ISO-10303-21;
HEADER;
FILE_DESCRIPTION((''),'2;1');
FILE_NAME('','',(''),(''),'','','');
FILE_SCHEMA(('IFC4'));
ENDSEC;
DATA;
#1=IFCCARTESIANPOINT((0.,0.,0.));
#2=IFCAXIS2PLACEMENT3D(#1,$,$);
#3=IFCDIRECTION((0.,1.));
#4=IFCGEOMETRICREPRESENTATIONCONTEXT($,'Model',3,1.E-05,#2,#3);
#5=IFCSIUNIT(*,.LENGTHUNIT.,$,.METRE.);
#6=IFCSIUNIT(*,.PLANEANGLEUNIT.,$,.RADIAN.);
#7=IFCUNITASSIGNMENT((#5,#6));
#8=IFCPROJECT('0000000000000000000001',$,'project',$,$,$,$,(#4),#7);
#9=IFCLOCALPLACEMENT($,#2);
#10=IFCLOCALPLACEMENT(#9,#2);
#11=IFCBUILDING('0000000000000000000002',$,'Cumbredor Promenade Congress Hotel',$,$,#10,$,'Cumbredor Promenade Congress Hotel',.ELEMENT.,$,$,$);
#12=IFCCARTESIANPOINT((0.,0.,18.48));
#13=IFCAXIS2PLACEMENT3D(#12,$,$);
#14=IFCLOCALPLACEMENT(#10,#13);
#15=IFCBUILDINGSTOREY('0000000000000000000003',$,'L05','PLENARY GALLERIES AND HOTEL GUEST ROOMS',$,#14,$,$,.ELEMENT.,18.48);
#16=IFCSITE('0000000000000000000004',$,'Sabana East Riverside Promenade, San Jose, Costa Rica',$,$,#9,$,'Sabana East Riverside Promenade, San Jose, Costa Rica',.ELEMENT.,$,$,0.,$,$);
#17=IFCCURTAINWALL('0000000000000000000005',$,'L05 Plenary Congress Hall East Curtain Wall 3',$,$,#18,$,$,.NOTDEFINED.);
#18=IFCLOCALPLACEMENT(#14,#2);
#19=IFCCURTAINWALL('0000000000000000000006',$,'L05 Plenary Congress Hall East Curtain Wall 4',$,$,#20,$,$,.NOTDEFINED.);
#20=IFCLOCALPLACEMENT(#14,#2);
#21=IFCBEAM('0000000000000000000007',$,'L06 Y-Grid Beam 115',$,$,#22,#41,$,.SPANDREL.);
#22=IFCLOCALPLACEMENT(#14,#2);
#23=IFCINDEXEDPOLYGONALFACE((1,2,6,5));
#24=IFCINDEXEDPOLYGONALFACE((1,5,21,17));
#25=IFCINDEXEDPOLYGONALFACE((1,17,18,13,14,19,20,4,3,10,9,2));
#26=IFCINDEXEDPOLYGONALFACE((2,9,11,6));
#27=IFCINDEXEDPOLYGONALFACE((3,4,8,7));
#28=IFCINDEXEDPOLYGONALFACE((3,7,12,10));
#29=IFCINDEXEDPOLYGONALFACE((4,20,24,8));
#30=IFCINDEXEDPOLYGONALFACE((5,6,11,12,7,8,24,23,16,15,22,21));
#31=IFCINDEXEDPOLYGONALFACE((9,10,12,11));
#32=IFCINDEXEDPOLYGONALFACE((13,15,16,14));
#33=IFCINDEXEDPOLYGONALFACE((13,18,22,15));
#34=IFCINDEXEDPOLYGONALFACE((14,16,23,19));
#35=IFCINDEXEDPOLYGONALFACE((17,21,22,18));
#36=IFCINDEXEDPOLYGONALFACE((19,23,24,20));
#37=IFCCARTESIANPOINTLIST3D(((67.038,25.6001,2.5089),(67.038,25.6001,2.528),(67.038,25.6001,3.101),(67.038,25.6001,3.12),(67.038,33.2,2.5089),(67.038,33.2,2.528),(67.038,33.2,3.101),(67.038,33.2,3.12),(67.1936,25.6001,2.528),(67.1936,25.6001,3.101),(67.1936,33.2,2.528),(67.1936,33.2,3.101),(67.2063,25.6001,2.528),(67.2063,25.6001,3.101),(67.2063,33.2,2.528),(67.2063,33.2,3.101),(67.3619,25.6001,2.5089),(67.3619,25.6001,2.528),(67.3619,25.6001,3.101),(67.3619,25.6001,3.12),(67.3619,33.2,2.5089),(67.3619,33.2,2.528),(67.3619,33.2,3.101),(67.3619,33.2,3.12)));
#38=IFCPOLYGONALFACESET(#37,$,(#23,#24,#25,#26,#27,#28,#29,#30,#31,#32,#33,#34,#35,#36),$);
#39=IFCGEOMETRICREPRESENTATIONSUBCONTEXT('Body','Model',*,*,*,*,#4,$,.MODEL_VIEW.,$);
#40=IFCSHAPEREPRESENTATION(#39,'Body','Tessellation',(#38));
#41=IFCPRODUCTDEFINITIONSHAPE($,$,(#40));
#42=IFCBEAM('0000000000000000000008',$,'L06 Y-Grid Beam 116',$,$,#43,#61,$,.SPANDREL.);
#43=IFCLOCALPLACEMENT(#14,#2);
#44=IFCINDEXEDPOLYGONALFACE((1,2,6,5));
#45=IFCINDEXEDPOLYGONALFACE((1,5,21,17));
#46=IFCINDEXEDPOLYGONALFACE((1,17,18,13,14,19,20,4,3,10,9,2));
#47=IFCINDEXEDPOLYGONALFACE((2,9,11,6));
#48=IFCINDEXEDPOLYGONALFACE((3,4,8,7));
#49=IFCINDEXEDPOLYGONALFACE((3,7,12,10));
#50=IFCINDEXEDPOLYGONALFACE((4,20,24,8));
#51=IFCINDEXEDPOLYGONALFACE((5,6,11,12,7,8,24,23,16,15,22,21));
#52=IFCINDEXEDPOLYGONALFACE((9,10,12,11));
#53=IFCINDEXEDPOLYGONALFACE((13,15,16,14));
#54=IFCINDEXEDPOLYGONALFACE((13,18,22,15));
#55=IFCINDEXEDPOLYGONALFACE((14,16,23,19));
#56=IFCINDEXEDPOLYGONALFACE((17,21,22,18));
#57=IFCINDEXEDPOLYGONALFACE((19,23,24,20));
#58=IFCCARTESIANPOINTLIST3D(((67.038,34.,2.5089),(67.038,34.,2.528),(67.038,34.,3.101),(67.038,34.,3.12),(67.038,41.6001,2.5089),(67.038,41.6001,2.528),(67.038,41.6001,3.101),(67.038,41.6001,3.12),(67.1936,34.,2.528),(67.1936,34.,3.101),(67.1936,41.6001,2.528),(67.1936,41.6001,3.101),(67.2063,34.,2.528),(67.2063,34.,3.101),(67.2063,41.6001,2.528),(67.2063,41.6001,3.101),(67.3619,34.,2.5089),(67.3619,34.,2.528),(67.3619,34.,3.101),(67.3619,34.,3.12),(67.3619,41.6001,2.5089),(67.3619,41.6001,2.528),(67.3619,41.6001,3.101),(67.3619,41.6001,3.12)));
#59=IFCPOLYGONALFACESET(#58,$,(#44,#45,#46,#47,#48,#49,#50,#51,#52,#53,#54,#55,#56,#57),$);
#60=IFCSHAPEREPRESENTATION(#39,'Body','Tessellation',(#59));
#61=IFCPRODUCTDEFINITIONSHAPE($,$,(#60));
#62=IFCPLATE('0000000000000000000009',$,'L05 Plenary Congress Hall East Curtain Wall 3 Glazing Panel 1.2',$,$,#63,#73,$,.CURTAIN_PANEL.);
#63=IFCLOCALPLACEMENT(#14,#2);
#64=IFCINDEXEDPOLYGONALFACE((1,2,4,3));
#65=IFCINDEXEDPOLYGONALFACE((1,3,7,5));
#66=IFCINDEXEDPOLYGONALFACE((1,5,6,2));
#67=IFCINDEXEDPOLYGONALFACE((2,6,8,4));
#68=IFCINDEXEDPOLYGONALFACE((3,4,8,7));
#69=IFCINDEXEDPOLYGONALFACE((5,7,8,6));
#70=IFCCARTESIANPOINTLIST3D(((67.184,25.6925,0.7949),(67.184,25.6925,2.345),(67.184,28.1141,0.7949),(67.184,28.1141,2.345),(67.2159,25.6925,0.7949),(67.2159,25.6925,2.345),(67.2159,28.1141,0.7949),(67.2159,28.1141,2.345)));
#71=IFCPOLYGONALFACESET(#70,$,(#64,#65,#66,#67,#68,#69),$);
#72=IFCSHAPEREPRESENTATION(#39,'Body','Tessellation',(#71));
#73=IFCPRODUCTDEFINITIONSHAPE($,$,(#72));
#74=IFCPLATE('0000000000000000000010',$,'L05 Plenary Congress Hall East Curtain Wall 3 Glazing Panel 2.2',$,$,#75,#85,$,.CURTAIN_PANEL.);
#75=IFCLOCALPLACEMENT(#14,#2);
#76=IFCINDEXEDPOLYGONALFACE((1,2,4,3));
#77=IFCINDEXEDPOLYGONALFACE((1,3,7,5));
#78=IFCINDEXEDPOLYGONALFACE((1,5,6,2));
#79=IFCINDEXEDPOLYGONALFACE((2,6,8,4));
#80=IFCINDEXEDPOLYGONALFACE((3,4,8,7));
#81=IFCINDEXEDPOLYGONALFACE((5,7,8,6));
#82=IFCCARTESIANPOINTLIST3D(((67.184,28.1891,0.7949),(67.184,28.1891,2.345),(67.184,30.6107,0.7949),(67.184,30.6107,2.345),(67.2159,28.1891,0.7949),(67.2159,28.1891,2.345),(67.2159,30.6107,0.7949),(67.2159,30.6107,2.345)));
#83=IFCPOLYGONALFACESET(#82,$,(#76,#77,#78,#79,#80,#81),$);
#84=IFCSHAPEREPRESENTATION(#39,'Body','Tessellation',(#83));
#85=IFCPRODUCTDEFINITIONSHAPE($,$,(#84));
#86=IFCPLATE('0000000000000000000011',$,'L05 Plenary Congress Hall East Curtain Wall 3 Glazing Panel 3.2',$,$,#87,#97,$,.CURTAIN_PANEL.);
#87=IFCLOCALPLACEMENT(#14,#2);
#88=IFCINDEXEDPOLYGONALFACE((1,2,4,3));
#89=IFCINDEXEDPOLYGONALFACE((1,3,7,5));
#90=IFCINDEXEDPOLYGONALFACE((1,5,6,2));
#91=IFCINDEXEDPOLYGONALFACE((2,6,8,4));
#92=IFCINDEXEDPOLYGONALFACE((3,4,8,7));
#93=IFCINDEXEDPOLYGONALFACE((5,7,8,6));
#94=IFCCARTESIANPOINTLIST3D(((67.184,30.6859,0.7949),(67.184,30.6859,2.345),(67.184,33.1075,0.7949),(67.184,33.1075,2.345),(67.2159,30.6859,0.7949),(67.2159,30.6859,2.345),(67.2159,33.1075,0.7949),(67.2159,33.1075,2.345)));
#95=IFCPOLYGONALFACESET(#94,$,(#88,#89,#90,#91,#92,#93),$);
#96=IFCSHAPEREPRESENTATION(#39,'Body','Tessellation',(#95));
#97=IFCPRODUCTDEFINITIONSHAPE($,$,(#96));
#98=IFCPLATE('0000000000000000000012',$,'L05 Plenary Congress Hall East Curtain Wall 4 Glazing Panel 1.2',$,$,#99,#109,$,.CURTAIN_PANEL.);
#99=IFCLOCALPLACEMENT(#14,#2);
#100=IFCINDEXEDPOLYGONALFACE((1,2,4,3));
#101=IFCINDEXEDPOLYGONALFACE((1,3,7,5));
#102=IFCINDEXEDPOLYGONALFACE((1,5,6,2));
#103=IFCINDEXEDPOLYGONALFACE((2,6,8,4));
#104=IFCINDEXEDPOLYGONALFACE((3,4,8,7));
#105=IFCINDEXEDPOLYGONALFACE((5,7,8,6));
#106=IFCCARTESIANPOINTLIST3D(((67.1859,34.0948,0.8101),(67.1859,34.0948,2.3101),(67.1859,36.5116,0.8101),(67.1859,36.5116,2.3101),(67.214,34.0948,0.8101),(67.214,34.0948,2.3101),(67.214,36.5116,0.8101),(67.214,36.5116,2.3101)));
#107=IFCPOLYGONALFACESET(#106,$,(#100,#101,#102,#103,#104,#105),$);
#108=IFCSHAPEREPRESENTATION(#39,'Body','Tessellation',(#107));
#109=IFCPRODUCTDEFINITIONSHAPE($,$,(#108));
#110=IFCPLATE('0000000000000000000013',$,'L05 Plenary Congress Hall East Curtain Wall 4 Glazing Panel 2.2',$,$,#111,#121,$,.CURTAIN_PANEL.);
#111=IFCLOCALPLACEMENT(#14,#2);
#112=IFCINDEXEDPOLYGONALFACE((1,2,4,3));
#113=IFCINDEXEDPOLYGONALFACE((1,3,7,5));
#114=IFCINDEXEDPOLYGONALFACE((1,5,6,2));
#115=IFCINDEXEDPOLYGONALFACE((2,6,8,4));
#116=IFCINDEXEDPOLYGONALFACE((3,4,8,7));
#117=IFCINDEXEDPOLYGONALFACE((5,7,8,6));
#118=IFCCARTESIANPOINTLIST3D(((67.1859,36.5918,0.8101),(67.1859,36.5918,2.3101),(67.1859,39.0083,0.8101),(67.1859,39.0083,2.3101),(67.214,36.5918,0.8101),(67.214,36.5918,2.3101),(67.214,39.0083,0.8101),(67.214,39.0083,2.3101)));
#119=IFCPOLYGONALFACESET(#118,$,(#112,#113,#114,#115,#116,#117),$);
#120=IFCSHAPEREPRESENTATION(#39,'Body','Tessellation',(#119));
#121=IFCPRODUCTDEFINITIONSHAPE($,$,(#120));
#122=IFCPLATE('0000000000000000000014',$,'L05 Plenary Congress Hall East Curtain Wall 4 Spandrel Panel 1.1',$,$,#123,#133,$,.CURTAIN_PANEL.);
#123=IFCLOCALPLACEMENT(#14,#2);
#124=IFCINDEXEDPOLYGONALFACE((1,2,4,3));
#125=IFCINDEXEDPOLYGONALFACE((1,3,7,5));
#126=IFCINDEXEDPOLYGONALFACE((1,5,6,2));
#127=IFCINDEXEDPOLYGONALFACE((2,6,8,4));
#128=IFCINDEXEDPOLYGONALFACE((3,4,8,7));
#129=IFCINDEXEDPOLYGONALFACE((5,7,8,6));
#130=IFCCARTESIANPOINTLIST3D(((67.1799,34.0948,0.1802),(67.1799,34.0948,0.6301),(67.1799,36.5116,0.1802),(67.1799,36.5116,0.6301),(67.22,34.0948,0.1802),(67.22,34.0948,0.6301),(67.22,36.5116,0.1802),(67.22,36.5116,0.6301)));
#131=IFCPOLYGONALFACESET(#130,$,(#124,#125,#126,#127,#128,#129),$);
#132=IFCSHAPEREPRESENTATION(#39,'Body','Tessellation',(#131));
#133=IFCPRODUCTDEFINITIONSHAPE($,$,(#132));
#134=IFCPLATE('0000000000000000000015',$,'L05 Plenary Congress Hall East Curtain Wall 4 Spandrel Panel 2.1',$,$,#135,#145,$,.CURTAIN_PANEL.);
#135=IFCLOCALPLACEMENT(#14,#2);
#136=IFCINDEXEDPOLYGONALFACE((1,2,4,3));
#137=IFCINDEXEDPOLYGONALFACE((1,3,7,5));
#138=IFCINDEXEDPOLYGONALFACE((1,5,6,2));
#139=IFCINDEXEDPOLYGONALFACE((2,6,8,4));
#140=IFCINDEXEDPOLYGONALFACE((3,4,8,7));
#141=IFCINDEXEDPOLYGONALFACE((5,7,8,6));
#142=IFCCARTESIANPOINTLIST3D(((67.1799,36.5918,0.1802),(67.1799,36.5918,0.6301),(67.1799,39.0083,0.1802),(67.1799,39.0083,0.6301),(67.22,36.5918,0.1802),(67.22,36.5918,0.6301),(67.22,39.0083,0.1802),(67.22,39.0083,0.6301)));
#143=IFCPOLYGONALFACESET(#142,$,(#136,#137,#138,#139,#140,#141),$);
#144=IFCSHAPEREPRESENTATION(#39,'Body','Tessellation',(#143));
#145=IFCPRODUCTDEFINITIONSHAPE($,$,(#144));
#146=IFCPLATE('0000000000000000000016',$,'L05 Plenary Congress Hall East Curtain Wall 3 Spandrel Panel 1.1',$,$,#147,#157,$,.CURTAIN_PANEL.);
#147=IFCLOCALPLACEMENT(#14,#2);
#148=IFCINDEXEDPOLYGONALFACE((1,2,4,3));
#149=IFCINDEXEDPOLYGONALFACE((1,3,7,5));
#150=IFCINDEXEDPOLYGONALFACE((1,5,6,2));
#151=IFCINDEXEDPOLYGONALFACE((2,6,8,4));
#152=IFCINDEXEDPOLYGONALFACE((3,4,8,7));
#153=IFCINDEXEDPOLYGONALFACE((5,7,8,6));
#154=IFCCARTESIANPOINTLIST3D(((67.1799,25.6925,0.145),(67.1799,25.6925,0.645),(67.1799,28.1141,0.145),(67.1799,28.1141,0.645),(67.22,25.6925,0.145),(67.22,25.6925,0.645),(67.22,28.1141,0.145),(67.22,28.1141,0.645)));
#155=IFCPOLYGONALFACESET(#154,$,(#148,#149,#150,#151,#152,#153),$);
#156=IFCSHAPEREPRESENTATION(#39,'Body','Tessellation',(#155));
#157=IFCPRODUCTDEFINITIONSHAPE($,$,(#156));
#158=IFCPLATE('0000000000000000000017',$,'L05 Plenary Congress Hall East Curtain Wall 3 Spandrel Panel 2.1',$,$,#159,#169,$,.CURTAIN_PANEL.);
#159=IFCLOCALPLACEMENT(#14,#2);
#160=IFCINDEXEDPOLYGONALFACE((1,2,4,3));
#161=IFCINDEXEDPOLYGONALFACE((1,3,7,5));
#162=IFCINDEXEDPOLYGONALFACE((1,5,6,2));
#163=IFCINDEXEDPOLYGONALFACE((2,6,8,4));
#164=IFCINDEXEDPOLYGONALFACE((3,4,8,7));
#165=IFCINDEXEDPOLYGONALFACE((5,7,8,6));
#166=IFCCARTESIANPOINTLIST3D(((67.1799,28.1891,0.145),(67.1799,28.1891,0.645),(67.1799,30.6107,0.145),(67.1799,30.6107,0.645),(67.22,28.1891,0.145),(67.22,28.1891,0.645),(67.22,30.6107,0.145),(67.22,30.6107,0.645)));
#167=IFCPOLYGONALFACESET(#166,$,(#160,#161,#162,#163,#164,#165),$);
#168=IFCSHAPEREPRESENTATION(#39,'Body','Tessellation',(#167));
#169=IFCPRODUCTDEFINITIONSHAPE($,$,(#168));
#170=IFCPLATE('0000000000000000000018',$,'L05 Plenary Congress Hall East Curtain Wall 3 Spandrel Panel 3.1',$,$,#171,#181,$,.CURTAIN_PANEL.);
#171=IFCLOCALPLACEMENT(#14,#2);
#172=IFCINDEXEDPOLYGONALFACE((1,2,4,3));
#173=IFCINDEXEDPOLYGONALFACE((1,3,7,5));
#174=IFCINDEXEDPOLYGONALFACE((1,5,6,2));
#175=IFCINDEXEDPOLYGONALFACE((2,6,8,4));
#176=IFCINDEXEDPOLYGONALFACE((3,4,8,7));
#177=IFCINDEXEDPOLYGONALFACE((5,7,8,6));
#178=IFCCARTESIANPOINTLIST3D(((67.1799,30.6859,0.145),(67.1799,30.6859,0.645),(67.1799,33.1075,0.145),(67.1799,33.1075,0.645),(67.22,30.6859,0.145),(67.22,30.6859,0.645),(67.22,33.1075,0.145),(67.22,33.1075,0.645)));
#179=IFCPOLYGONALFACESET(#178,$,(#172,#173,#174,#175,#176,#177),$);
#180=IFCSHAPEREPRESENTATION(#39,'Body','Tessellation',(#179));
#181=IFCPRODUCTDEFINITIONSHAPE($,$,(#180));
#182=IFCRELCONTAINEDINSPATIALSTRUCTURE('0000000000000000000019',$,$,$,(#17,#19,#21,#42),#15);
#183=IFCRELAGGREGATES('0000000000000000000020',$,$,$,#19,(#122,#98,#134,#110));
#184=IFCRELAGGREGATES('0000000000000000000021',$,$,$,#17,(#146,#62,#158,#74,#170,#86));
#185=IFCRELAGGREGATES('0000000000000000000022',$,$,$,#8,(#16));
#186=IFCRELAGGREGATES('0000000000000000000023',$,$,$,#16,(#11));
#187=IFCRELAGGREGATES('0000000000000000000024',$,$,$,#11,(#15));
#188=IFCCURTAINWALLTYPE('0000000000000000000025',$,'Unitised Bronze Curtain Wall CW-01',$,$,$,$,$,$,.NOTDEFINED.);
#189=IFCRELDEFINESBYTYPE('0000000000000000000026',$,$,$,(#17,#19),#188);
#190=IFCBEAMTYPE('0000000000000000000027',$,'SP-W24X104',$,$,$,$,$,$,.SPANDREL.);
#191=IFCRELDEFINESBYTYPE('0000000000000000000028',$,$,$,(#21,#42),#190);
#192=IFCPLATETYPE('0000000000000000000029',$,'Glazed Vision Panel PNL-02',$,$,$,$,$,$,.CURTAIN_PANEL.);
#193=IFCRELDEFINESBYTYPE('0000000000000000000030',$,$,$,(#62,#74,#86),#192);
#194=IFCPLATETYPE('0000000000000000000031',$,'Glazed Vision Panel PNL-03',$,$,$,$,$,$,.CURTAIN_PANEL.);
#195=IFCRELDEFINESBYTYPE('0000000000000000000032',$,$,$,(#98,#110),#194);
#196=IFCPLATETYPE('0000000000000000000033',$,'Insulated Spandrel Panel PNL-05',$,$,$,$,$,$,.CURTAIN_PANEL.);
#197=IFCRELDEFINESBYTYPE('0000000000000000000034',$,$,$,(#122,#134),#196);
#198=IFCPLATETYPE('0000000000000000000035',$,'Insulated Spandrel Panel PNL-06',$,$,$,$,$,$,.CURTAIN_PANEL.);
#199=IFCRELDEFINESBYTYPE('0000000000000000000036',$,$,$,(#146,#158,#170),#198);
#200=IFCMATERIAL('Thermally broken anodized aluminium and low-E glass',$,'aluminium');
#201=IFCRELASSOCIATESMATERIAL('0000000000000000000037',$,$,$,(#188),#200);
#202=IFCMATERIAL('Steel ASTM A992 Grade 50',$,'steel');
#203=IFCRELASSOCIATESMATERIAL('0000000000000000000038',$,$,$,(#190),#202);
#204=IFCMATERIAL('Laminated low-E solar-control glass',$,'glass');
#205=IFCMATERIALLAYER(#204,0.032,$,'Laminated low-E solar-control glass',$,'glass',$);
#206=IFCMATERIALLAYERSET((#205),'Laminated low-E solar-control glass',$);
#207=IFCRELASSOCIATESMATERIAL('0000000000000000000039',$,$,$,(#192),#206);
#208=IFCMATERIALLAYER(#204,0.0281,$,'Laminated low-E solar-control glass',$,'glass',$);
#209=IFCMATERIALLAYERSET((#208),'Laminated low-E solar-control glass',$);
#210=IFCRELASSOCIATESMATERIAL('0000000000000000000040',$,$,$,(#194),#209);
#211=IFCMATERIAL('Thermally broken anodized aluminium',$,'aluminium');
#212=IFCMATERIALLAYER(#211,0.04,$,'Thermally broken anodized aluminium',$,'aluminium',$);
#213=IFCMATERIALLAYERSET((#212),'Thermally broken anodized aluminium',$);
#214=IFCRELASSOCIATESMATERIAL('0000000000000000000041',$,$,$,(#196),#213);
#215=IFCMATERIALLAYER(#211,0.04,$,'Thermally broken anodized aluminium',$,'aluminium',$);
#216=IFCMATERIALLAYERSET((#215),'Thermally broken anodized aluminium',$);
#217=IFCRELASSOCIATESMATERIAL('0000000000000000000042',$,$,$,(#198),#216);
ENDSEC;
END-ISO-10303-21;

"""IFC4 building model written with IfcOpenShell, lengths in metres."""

from ifc_helpers import new_model, si_unit, direction, frame, origin, origin_2d, place, context, subcontext, project, spatial, rectangle, i_section, extrude, material, layer, layer_set, material_profile, profile_set, type_object, element, aggregate, save


model = new_model("IFC4")

# Units and contexts
model_context = context("Model", 3, precision=1e-05, world=origin(), true_north=direction((0.0, 1.0)))
body_context = subcontext(model_context, "Body", "Model", "MODEL_VIEW")
ifc_project = project(units=[si_unit("LENGTHUNIT", "METRE"), si_unit("PLANEANGLEUNIT", "RADIAN")], contexts=[model_context])

# Site, building, storey
site_placement = place(None, origin())
site = spatial("IfcSite", under=ifc_project, at=site_placement, Name="Sabana East Riverside Promenade, San Jose, Costa Rica", LongName="Sabana East Riverside Promenade, San Jose, Costa Rica", CompositionType="ELEMENT", RefElevation=0.0)
building_placement = place(site_placement, origin())
building = spatial("IfcBuilding", under=site, at=building_placement, Name="Cumbredor Promenade Congress Hotel", LongName="Cumbredor Promenade Congress Hotel", CompositionType="ELEMENT")
storey_placement = place(building_placement, frame((0.0, 0.0, 18.48)))
storey = spatial("IfcBuildingStorey", under=building, at=storey_placement, Name="L05", Description="PLENARY GALLERIES AND HOTEL GUEST ROOMS", CompositionType="ELEMENT", Elevation=18.48)

# Curtain walls
ifc_material_1 = material(Name="Thermally broken anodized aluminium and low-E glass", Category="aluminium")
curtain_wall_type = type_object("IfcCurtainWallType", Name="Unitised Bronze Curtain Wall CW-01", PredefinedType="NOTDEFINED", material=ifc_material_1)
curtain_wall_1_placement = place(storey_placement, origin())
curtain_wall_1 = element("IfcCurtainWall", 1, at=curtain_wall_1_placement, inside=storey, type_object=curtain_wall_type, Name="L05 Plenary Congress Hall East Curtain Wall 3", PredefinedType="NOTDEFINED")
ifc_material_2 = material(Name="Thermally broken anodized aluminium", Category="aluminium")
curtain_wall_2_placement = place(storey_placement, origin())
curtain_wall_2 = element("IfcCurtainWall", 2, at=curtain_wall_2_placement, inside=storey, type_object=curtain_wall_type, Name="L05 Plenary Congress Hall East Curtain Wall 4", PredefinedType="NOTDEFINED")

# Beams
ifc_material_3 = material(Name="Steel ASTM A992 Grade 50", Category="steel")
ifc_material_profile_1 = material_profile(ifc_material_3, i_section(OverallWidth=0.324, OverallDepth=0.6111, WebThickness=0.0127, FlangeThickness=0.019, at=origin_2d()), Name="W24X104")
ifc_profile_set_1 = profile_set([ifc_material_profile_1], Name="Steel ASTM A992 Grade 50")
beam_type_1 = type_object("IfcBeamType", Name="SP-W24X104", PredefinedType="SPANDREL", material=ifc_profile_set_1)
beam_1_placement = place(storey_placement, frame((67.2, 25.6001, 2.8145), z_axis=(0.0, 1.0, 0.0), x_axis=(-1.0, 0.0, 0.0)))
element("IfcBeam", 3, at=beam_1_placement, inside=storey, type_object=beam_type_1, Name="L06 Y-Grid Beam 115", PredefinedType="SPANDREL", context=body_context, shape_type="SweptSolid", body=[
    extrude(i_section(OverallWidth=0.324, OverallDepth=0.6111, WebThickness=0.0127, FlangeThickness=0.019, at=origin_2d()), origin(), (0.0, 0.0, 1.0), 7.5999),
])
beam_2_placement = place(storey_placement, frame((67.2, 34.0, 2.8145), z_axis=(0.0, 1.0, 0.0), x_axis=(-1.0, 0.0, 0.0)))
element("IfcBeam", 4, at=beam_2_placement, inside=storey, type_object=beam_type_1, Name="L06 Y-Grid Beam 116", PredefinedType="SPANDREL", context=body_context, shape_type="SweptSolid", body=[
    extrude(i_section(OverallWidth=0.324, OverallDepth=0.6111, WebThickness=0.0127, FlangeThickness=0.019, at=origin_2d()), origin(), (0.0, 0.0, 1.0), 7.6001),
])

# Plates
ifc_material_4 = material(Name="Laminated low-E solar-control glass", Category="glass")
ifc_layer_1 = layer(ifc_material_4, 0.032, Name="Laminated low-E solar-control glass", Category="glass")
ifc_layer_set_1 = layer_set([ifc_layer_1], Name="Laminated low-E solar-control glass")
plate_type_1 = type_object("IfcPlateType", Name="Glazed Vision Panel PNL-02", PredefinedType="CURTAIN_PANEL", material=ifc_layer_set_1)
plate_1_placement = place(storey_placement, frame((67.2, 26.9033, 0.7949), z_axis=(0.0, 0.0, 1.0), x_axis=(0.0, 1.0, 0.0)))
plate_1 = element("IfcPlate", 5, at=plate_1_placement, type_object=plate_type_1, Name="L05 Plenary Congress Hall East Curtain Wall 3 Glazing Panel 1.2", PredefinedType="CURTAIN_PANEL", context=body_context, shape_type="SweptSolid", body=[
    extrude(rectangle(XDim=2.4216, YDim=0.032, at=origin_2d()), origin(), (0.0, 0.0, 1.0), 1.55),
])
plate_2_placement = place(storey_placement, frame((67.2, 29.3999, 0.7949), z_axis=(0.0, 0.0, 1.0), x_axis=(0.0, 1.0, 0.0)))
plate_2 = element("IfcPlate", 6, at=plate_2_placement, type_object=plate_type_1, Name="L05 Plenary Congress Hall East Curtain Wall 3 Glazing Panel 2.2", PredefinedType="CURTAIN_PANEL", context=body_context, shape_type="SweptSolid", body=[
    extrude(rectangle(XDim=2.4216, YDim=0.032, at=origin_2d()), origin(), (0.0, 0.0, 1.0), 1.55),
])
plate_3_placement = place(storey_placement, frame((67.2, 31.8967, 0.7949), z_axis=(0.0, 0.0, 1.0), x_axis=(0.0, 1.0, 0.0)))
plate_3 = element("IfcPlate", 7, at=plate_3_placement, type_object=plate_type_1, Name="L05 Plenary Congress Hall East Curtain Wall 3 Glazing Panel 3.2", PredefinedType="CURTAIN_PANEL", context=body_context, shape_type="SweptSolid", body=[
    extrude(rectangle(XDim=2.4216, YDim=0.032, at=origin_2d()), origin(), (0.0, 0.0, 1.0), 1.55),
])
ifc_layer_2 = layer(ifc_material_4, 0.0281, Name="Laminated low-E solar-control glass", Category="glass")
ifc_layer_set_2 = layer_set([ifc_layer_2], Name="Laminated low-E solar-control glass")
plate_type_2 = type_object("IfcPlateType", Name="Glazed Vision Panel PNL-03", PredefinedType="CURTAIN_PANEL", material=ifc_layer_set_2)
plate_4_placement = place(storey_placement, frame((67.2, 35.3032, 0.8101), z_axis=(0.0, 0.0, 1.0), x_axis=(0.0, 1.0, 0.0)))
plate_4 = element("IfcPlate", 8, at=plate_4_placement, type_object=plate_type_2, Name="L05 Plenary Congress Hall East Curtain Wall 4 Glazing Panel 1.2", PredefinedType="CURTAIN_PANEL", context=body_context, shape_type="SweptSolid", body=[
    extrude(rectangle(XDim=2.4167, YDim=0.0281, at=origin_2d()), origin(), (0.0, 0.0, 1.0), 1.5),
])
plate_5_placement = place(storey_placement, frame((67.2, 37.8, 0.8101), z_axis=(0.0, 0.0, 1.0), x_axis=(0.0, 1.0, 0.0)))
plate_5 = element("IfcPlate", 9, at=plate_5_placement, type_object=plate_type_2, Name="L05 Plenary Congress Hall East Curtain Wall 4 Glazing Panel 2.2", PredefinedType="CURTAIN_PANEL", context=body_context, shape_type="SweptSolid", body=[
    extrude(rectangle(XDim=2.4165, YDim=0.0281, at=origin_2d()), origin(), (0.0, 0.0, 1.0), 1.5),
])
ifc_layer_3 = layer(ifc_material_2, 0.04, Name="Thermally broken anodized aluminium", Category="aluminium")
ifc_layer_set_3 = layer_set([ifc_layer_3], Name="Thermally broken anodized aluminium")
plate_type_3 = type_object("IfcPlateType", Name="Insulated Spandrel Panel PNL-05", PredefinedType="CURTAIN_PANEL", material=ifc_layer_set_3)
plate_6_placement = place(storey_placement, frame((67.2, 35.3032, 0.1802), z_axis=(0.0, 0.0, 1.0), x_axis=(0.0, 1.0, 0.0)))
plate_6 = element("IfcPlate", 10, at=plate_6_placement, type_object=plate_type_3, Name="L05 Plenary Congress Hall East Curtain Wall 4 Spandrel Panel 1.1", PredefinedType="CURTAIN_PANEL", context=body_context, shape_type="SweptSolid", body=[
    extrude(rectangle(XDim=2.4167, YDim=0.04, at=origin_2d()), origin(), (0.0, 0.0, 1.0), 0.45),
])
plate_7_placement = place(storey_placement, frame((67.2, 37.8, 0.1802), z_axis=(0.0, 0.0, 1.0), x_axis=(0.0, 1.0, 0.0)))
plate_7 = element("IfcPlate", 11, at=plate_7_placement, type_object=plate_type_3, Name="L05 Plenary Congress Hall East Curtain Wall 4 Spandrel Panel 2.1", PredefinedType="CURTAIN_PANEL", context=body_context, shape_type="SweptSolid", body=[
    extrude(rectangle(XDim=2.4165, YDim=0.04, at=origin_2d()), origin(), (0.0, 0.0, 1.0), 0.45),
])
aggregate(curtain_wall_2, [plate_6, plate_4, plate_7, plate_5])
ifc_layer_4 = layer(ifc_material_2, 0.04, Name="Thermally broken anodized aluminium", Category="aluminium")
ifc_layer_set_4 = layer_set([ifc_layer_4], Name="Thermally broken anodized aluminium")
plate_type_4 = type_object("IfcPlateType", Name="Insulated Spandrel Panel PNL-06", PredefinedType="CURTAIN_PANEL", material=ifc_layer_set_4)
plate_8_placement = place(storey_placement, frame((67.2, 26.9033, 0.145), z_axis=(0.0, 0.0, 1.0), x_axis=(0.0, 1.0, 0.0)))
plate_8 = element("IfcPlate", 12, at=plate_8_placement, type_object=plate_type_4, Name="L05 Plenary Congress Hall East Curtain Wall 3 Spandrel Panel 1.1", PredefinedType="CURTAIN_PANEL", context=body_context, shape_type="SweptSolid", body=[
    extrude(rectangle(XDim=2.4216, YDim=0.04, at=origin_2d()), origin(), (0.0, 0.0, 1.0), 0.5),
])
plate_9_placement = place(storey_placement, frame((67.2, 29.3999, 0.145), z_axis=(0.0, 0.0, 1.0), x_axis=(0.0, 1.0, 0.0)))
plate_9 = element("IfcPlate", 13, at=plate_9_placement, type_object=plate_type_4, Name="L05 Plenary Congress Hall East Curtain Wall 3 Spandrel Panel 2.1", PredefinedType="CURTAIN_PANEL", context=body_context, shape_type="SweptSolid", body=[
    extrude(rectangle(XDim=2.4216, YDim=0.04, at=origin_2d()), origin(), (0.0, 0.0, 1.0), 0.5),
])
plate_10_placement = place(storey_placement, frame((67.2, 31.8967, 0.145), z_axis=(0.0, 0.0, 1.0), x_axis=(0.0, 1.0, 0.0)))
plate_10 = element("IfcPlate", 14, at=plate_10_placement, type_object=plate_type_4, Name="L05 Plenary Congress Hall East Curtain Wall 3 Spandrel Panel 3.1", PredefinedType="CURTAIN_PANEL", context=body_context, shape_type="SweptSolid", body=[
    extrude(rectangle(XDim=2.4216, YDim=0.04, at=origin_2d()), origin(), (0.0, 0.0, 1.0), 0.5),
])
aggregate(curtain_wall_1, [plate_8, plate_1, plate_9, plate_2, plate_10, plate_3])

save(model, "model.ifc")
